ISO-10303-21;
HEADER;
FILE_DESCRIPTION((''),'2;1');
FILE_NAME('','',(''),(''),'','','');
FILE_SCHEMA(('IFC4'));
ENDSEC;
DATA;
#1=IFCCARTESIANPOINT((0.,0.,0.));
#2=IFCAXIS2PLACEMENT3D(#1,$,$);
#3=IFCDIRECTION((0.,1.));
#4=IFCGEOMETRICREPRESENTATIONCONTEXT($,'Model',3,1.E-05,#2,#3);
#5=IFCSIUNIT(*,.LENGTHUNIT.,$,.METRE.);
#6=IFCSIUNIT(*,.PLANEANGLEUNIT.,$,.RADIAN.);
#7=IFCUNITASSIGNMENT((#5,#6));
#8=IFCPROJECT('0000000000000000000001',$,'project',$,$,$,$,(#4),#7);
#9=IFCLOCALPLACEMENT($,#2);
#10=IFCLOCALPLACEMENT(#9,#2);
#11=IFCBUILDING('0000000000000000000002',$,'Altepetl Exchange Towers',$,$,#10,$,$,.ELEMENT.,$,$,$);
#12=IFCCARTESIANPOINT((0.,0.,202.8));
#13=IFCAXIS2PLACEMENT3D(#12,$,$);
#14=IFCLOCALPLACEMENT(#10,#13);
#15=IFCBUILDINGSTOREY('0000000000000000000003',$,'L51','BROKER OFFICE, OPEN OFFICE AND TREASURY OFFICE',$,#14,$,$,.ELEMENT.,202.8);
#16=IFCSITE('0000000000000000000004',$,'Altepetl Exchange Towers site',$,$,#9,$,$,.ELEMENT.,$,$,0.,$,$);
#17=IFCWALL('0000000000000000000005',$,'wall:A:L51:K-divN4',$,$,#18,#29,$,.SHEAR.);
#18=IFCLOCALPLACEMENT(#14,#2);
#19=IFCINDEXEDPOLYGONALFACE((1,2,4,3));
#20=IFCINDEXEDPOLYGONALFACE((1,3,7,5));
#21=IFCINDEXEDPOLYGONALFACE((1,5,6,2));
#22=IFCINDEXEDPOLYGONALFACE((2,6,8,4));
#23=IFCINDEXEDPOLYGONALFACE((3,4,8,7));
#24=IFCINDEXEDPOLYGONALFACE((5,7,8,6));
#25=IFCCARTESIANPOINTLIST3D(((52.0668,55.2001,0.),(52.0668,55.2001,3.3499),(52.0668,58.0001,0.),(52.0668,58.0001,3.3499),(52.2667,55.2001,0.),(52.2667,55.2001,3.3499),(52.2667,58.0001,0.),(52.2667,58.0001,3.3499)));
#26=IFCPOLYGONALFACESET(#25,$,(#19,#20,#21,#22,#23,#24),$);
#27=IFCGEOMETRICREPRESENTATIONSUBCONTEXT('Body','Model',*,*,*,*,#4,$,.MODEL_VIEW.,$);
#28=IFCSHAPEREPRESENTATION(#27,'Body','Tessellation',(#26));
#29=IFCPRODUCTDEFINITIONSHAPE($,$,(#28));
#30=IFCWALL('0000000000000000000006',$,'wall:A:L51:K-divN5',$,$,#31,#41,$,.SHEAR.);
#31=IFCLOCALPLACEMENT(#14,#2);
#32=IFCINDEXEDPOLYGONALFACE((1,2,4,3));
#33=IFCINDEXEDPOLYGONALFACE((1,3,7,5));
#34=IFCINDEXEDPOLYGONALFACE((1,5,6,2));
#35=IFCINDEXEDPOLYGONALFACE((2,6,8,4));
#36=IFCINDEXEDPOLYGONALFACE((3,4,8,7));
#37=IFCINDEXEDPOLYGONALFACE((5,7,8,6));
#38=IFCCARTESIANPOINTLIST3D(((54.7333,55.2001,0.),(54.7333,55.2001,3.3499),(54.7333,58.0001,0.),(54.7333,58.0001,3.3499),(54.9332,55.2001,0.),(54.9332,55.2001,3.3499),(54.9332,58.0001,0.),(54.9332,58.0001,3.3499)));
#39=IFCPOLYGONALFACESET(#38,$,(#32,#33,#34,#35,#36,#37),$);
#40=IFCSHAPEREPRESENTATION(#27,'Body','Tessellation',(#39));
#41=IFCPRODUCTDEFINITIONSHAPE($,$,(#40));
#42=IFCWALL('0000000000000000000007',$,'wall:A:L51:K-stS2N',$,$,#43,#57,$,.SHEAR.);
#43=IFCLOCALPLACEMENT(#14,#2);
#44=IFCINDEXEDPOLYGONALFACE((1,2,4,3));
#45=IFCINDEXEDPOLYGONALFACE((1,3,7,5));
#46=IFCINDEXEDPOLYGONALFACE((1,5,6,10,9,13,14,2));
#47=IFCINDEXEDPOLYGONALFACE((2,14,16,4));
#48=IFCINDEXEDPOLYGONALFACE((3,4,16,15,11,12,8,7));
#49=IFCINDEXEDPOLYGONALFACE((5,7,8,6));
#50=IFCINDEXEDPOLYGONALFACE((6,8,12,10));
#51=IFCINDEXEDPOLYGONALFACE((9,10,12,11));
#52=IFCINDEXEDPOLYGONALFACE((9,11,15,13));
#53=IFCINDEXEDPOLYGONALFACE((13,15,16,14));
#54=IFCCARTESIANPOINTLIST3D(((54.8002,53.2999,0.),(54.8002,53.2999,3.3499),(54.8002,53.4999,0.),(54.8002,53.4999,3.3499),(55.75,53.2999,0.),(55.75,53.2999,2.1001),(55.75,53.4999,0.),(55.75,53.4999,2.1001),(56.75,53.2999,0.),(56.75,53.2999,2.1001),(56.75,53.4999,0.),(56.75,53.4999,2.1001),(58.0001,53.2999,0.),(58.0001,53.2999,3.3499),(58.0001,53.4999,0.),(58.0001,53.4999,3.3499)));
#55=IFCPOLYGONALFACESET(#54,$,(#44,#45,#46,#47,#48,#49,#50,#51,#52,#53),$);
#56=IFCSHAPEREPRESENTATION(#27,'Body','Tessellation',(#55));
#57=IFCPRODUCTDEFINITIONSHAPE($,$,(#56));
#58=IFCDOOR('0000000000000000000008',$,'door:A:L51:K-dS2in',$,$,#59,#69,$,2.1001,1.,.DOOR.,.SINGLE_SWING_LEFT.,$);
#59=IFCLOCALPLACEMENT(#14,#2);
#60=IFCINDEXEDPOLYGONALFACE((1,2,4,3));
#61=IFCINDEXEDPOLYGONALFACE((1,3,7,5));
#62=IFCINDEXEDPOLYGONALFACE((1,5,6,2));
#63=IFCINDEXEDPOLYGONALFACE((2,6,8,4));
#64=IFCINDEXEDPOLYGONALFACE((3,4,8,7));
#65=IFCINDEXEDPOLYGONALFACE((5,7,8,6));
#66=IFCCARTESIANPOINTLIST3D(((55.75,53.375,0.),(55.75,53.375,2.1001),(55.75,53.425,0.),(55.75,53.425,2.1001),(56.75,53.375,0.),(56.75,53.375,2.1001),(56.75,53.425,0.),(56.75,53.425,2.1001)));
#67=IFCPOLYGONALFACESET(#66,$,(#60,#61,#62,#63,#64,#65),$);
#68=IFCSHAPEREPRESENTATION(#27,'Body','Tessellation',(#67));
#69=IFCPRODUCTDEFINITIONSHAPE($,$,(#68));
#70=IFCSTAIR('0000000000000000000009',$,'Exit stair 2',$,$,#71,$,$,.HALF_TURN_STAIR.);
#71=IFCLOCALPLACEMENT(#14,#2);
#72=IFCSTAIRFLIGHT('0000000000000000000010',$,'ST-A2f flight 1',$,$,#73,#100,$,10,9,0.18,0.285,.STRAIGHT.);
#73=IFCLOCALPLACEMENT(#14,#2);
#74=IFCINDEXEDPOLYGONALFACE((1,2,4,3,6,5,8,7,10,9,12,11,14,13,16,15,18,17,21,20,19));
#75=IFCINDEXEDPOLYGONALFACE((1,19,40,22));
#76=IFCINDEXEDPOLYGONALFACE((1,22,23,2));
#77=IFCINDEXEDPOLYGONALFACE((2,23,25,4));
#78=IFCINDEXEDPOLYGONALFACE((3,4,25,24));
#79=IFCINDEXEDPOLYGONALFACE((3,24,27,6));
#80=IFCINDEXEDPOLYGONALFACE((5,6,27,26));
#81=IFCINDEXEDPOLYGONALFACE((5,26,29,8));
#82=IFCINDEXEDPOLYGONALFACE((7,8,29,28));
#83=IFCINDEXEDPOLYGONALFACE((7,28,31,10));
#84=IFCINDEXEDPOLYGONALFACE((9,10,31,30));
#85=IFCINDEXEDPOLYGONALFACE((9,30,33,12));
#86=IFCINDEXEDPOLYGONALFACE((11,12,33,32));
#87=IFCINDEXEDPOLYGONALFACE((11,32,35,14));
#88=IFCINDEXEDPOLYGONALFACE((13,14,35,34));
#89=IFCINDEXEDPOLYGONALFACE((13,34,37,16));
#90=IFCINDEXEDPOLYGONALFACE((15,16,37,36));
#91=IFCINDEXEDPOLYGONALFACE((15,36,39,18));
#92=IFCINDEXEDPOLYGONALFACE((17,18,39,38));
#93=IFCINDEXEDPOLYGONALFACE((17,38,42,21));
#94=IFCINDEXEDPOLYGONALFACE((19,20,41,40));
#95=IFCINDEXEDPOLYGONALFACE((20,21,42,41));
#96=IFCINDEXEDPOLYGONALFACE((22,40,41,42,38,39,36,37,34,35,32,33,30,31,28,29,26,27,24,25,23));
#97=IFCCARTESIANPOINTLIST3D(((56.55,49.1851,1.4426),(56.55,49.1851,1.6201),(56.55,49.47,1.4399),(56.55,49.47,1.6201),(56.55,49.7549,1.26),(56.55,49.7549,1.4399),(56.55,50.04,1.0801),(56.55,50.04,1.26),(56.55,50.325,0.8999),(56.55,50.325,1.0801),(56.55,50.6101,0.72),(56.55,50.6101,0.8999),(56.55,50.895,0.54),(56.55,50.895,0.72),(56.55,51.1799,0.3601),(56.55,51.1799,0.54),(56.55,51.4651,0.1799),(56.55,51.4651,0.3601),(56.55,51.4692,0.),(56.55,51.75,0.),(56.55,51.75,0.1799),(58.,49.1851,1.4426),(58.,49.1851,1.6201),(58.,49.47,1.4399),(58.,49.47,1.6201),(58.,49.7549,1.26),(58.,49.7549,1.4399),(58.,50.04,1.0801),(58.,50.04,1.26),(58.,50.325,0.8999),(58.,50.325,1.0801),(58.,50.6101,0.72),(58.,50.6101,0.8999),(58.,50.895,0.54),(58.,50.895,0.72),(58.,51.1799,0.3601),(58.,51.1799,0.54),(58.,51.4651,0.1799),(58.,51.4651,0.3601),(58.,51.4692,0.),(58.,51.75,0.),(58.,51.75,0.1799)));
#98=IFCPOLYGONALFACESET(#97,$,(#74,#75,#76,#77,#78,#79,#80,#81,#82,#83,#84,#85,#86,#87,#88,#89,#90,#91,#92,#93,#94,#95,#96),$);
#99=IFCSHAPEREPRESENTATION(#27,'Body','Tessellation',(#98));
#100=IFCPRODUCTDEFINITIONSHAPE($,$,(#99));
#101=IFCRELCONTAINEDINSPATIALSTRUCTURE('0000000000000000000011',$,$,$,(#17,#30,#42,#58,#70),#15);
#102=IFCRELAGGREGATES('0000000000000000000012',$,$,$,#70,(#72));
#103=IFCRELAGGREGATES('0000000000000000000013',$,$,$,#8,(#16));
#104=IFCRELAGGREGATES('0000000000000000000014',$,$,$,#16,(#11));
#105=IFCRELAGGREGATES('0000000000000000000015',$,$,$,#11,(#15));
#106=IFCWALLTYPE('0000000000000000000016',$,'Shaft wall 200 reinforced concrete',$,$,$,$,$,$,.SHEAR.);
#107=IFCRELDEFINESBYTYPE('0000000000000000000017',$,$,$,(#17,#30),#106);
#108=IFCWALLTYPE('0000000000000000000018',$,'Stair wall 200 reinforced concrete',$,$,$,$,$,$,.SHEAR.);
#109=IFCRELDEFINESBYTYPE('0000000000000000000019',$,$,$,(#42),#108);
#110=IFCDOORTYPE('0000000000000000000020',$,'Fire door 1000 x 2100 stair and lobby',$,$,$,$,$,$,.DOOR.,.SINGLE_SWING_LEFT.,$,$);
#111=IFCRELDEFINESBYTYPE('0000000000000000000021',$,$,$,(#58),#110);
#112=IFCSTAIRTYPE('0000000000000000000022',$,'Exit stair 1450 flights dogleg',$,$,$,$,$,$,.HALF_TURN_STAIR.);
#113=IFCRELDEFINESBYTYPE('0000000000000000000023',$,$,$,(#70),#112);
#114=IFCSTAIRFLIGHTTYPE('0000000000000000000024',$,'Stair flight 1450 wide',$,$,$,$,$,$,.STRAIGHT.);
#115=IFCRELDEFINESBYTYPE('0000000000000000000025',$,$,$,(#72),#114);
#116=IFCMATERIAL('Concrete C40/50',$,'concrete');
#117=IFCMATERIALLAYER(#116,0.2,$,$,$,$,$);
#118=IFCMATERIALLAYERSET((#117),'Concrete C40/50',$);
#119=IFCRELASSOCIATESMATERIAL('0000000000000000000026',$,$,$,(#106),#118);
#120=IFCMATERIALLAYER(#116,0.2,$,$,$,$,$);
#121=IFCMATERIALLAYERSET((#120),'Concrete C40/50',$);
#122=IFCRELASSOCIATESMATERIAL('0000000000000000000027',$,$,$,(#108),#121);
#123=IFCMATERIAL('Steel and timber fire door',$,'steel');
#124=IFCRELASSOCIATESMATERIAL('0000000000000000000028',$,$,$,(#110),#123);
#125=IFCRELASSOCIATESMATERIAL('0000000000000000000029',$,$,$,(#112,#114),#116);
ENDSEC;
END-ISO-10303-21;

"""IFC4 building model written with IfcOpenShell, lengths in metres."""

from ifc_helpers import new_model, si_unit, direction, frame, frame_2d, origin, place, context, subcontext, project, spatial, polyline, rectangle, outline, extrude, material, layer, layer_set, type_object, element, fill, aggregate, save


model = new_model("IFC4")

# Units and contexts
model_context = context("Model", 3, precision=1e-05, world=origin(), true_north=direction((0.0, 1.0)))
body_context = subcontext(model_context, "Body", "Model", "MODEL_VIEW")
ifc_project = project(units=[si_unit("LENGTHUNIT", "METRE"), si_unit("PLANEANGLEUNIT", "RADIAN")], contexts=[model_context])

# Site, building, storey
site_placement = place(None, origin())
site = spatial("IfcSite", under=ifc_project, at=site_placement, Name="Altepetl Exchange Towers site", CompositionType="ELEMENT", RefElevation=0.0)
building_placement = place(site_placement, origin())
building = spatial("IfcBuilding", under=site, at=building_placement, Name="Altepetl Exchange Towers", CompositionType="ELEMENT")
storey_placement = place(building_placement, frame((0.0, 0.0, 202.8)))
storey = spatial("IfcBuildingStorey", under=building, at=storey_placement, Name="L51", Description="BROKER OFFICE, OPEN OFFICE AND TREASURY OFFICE", CompositionType="ELEMENT", Elevation=202.8)

# Shared definitions
ifc_material_1 = material(Name="Steel and timber fire door", Category="steel")

# Walls
ifc_material_2 = material(Name="Concrete C40/50", Category="concrete")
ifc_layer_1 = layer(ifc_material_2, 0.2)
ifc_layer_set_1 = layer_set([ifc_layer_1], Name="Concrete C40/50")
wall_type_1 = type_object("IfcWallType", Name="Shaft wall 200 reinforced concrete", PredefinedType="SHEAR", material=ifc_layer_set_1)
for number, where, z_axis, x_axis, name in (
    (1, (52.1667, 58.0, 0.0), (0.0, 0.0, 1.0), (0.0, -1.0, 0.0), "wall:A:L51:K-divN4"),
    (2, (54.8333, 58.0, 0.0), (0.0, 0.0, 1.0), (0.0, -1.0, 0.0), "wall:A:L51:K-divN5"),
):
    element("IfcWall", number, at=place(storey_placement, frame(where, z_axis=z_axis, x_axis=x_axis)), inside=storey, type_object=wall_type_1, Name=name, PredefinedType="SHEAR", context=body_context, shape_type="SweptSolid", body=[
        extrude(rectangle(XDim=2.8, YDim=0.2, at=frame_2d((1.3999, 0.0))), origin(), (0.0, 0.0, 1.0), 3.3499),
    ])

# Wall, opening, door
ifc_layer_2 = layer(ifc_material_2, 0.2)
ifc_layer_set_2 = layer_set([ifc_layer_2], Name="Concrete C40/50")
wall_type_2 = type_object("IfcWallType", Name="Stair wall 200 reinforced concrete", PredefinedType="SHEAR", material=ifc_layer_set_2)
wall_1_placement = place(storey_placement, frame((54.8, 53.3999, 0.0)))
wall_1 = element("IfcWall", 3, at=wall_1_placement, inside=storey, type_object=wall_type_2, Name="wall:A:L51:K-stS2N", PredefinedType="SHEAR", context=body_context, shape_type="SweptSolid", body=[
    extrude(rectangle(XDim=3.2, YDim=0.2, at=frame_2d((1.6001, 0.0))), origin(), (0.0, 0.0, 1.0), 3.3499),
])
opening_1_placement = place(wall_1_placement, frame((0.95, 0.0, 0.0)))
opening_1 = element("IfcOpeningElement", 4, at=opening_1_placement, cuts=wall_1, PredefinedType="OPENING", context=body_context, shape_type="SweptSolid", body=[
    extrude(rectangle(XDim=1.0, YDim=2.1001, at=frame_2d((0.5, 1.05))), frame((0.0, 0.1099, 0.0), z_axis=(0.0, -1.0, 0.0), x_axis=(1.0, 0.0, 0.0)), (0.0, 0.0, 1.0), 0.22),
])
door_type_1 = type_object("IfcDoorType", Name="Fire door 1000 x 2100 stair and lobby", OperationType="SINGLE_SWING_LEFT", PredefinedType="DOOR", material=ifc_material_1)
door_1_placement = place(opening_1_placement, frame((1.0, 0.0, 0.0), x_axis=(-1.0, 0.0, 0.0)))
door_1 = element("IfcDoor", 5, at=door_1_placement, inside=storey, type_object=door_type_1, Name="door:A:L51:K-dS2in", OperationType="SINGLE_SWING_LEFT", OverallHeight=2.1001, OverallWidth=1.0, PredefinedType="DOOR", context=body_context, shape_type="SweptSolid", body=[
    extrude(rectangle(XDim=1.0, YDim=2.1001, at=frame_2d((0.5, 1.05))), frame((0.0, 0.0249, 0.0), z_axis=(0.0, -1.0, 0.0), x_axis=(1.0, 0.0, 0.0)), (0.0, 0.0, 1.0), 0.05),
])
fill(opening_1, door_1)

# Stair, stair flight
stair_type = type_object("IfcStairType", Name="Exit stair 1450 flights dogleg", PredefinedType="HALF_TURN_STAIR", material=ifc_material_2)
stair_placement = place(storey_placement, origin())
stair = element("IfcStair", 6, at=stair_placement, inside=storey, type_object=stair_type, Name="Exit stair 2", PredefinedType="HALF_TURN_STAIR")
stair_flight_type = type_object("IfcStairFlightType", Name="Stair flight 1450 wide", PredefinedType="STRAIGHT", material=ifc_material_2)
stair_flight_placement = place(storey_placement, frame((57.2749, 51.75, 0.0), z_axis=(0.0, 0.0, 1.0), x_axis=(0.0, -1.0, 0.0)))
stair_flight = element("IfcStairFlight", 7, at=stair_flight_placement, type_object=stair_flight_type, Name="ST-A2f flight 1", NumberOfRisers=10, NumberOfTreads=9, PredefinedType="STRAIGHT", RiserHeight=0.18, TreadLength=0.285, context=body_context, shape_type="SweptSolid", body=[
    extrude(outline(polyline([(0.0, 0.0), (0.0, 0.1799), (0.2849, 0.1799), (0.2849, 0.3601), (0.5701, 0.3601), (0.5701, 0.54), (0.855, 0.54), (0.855, 0.72), (1.1399, 0.72), (1.1399, 0.8999), (1.425, 0.8999), (1.425, 1.0801), (1.71, 1.0801), (1.71, 1.26), (1.9951, 1.26), (1.9951, 1.4399), (2.28, 1.4399), (2.28, 1.6201), (2.5649, 1.6201), (2.5649, 1.8), (2.5649, 1.4426), (0.2808, 0.0), (0.0, 0.0)])), frame((0.0, 0.7251, 0.0), z_axis=(0.0, -1.0, 0.0), x_axis=(1.0, 0.0, 0.0)), (0.0, 0.0, 1.0), 1.45),
])
aggregate(stair, [stair_flight])

save(model, "model.ifc")
